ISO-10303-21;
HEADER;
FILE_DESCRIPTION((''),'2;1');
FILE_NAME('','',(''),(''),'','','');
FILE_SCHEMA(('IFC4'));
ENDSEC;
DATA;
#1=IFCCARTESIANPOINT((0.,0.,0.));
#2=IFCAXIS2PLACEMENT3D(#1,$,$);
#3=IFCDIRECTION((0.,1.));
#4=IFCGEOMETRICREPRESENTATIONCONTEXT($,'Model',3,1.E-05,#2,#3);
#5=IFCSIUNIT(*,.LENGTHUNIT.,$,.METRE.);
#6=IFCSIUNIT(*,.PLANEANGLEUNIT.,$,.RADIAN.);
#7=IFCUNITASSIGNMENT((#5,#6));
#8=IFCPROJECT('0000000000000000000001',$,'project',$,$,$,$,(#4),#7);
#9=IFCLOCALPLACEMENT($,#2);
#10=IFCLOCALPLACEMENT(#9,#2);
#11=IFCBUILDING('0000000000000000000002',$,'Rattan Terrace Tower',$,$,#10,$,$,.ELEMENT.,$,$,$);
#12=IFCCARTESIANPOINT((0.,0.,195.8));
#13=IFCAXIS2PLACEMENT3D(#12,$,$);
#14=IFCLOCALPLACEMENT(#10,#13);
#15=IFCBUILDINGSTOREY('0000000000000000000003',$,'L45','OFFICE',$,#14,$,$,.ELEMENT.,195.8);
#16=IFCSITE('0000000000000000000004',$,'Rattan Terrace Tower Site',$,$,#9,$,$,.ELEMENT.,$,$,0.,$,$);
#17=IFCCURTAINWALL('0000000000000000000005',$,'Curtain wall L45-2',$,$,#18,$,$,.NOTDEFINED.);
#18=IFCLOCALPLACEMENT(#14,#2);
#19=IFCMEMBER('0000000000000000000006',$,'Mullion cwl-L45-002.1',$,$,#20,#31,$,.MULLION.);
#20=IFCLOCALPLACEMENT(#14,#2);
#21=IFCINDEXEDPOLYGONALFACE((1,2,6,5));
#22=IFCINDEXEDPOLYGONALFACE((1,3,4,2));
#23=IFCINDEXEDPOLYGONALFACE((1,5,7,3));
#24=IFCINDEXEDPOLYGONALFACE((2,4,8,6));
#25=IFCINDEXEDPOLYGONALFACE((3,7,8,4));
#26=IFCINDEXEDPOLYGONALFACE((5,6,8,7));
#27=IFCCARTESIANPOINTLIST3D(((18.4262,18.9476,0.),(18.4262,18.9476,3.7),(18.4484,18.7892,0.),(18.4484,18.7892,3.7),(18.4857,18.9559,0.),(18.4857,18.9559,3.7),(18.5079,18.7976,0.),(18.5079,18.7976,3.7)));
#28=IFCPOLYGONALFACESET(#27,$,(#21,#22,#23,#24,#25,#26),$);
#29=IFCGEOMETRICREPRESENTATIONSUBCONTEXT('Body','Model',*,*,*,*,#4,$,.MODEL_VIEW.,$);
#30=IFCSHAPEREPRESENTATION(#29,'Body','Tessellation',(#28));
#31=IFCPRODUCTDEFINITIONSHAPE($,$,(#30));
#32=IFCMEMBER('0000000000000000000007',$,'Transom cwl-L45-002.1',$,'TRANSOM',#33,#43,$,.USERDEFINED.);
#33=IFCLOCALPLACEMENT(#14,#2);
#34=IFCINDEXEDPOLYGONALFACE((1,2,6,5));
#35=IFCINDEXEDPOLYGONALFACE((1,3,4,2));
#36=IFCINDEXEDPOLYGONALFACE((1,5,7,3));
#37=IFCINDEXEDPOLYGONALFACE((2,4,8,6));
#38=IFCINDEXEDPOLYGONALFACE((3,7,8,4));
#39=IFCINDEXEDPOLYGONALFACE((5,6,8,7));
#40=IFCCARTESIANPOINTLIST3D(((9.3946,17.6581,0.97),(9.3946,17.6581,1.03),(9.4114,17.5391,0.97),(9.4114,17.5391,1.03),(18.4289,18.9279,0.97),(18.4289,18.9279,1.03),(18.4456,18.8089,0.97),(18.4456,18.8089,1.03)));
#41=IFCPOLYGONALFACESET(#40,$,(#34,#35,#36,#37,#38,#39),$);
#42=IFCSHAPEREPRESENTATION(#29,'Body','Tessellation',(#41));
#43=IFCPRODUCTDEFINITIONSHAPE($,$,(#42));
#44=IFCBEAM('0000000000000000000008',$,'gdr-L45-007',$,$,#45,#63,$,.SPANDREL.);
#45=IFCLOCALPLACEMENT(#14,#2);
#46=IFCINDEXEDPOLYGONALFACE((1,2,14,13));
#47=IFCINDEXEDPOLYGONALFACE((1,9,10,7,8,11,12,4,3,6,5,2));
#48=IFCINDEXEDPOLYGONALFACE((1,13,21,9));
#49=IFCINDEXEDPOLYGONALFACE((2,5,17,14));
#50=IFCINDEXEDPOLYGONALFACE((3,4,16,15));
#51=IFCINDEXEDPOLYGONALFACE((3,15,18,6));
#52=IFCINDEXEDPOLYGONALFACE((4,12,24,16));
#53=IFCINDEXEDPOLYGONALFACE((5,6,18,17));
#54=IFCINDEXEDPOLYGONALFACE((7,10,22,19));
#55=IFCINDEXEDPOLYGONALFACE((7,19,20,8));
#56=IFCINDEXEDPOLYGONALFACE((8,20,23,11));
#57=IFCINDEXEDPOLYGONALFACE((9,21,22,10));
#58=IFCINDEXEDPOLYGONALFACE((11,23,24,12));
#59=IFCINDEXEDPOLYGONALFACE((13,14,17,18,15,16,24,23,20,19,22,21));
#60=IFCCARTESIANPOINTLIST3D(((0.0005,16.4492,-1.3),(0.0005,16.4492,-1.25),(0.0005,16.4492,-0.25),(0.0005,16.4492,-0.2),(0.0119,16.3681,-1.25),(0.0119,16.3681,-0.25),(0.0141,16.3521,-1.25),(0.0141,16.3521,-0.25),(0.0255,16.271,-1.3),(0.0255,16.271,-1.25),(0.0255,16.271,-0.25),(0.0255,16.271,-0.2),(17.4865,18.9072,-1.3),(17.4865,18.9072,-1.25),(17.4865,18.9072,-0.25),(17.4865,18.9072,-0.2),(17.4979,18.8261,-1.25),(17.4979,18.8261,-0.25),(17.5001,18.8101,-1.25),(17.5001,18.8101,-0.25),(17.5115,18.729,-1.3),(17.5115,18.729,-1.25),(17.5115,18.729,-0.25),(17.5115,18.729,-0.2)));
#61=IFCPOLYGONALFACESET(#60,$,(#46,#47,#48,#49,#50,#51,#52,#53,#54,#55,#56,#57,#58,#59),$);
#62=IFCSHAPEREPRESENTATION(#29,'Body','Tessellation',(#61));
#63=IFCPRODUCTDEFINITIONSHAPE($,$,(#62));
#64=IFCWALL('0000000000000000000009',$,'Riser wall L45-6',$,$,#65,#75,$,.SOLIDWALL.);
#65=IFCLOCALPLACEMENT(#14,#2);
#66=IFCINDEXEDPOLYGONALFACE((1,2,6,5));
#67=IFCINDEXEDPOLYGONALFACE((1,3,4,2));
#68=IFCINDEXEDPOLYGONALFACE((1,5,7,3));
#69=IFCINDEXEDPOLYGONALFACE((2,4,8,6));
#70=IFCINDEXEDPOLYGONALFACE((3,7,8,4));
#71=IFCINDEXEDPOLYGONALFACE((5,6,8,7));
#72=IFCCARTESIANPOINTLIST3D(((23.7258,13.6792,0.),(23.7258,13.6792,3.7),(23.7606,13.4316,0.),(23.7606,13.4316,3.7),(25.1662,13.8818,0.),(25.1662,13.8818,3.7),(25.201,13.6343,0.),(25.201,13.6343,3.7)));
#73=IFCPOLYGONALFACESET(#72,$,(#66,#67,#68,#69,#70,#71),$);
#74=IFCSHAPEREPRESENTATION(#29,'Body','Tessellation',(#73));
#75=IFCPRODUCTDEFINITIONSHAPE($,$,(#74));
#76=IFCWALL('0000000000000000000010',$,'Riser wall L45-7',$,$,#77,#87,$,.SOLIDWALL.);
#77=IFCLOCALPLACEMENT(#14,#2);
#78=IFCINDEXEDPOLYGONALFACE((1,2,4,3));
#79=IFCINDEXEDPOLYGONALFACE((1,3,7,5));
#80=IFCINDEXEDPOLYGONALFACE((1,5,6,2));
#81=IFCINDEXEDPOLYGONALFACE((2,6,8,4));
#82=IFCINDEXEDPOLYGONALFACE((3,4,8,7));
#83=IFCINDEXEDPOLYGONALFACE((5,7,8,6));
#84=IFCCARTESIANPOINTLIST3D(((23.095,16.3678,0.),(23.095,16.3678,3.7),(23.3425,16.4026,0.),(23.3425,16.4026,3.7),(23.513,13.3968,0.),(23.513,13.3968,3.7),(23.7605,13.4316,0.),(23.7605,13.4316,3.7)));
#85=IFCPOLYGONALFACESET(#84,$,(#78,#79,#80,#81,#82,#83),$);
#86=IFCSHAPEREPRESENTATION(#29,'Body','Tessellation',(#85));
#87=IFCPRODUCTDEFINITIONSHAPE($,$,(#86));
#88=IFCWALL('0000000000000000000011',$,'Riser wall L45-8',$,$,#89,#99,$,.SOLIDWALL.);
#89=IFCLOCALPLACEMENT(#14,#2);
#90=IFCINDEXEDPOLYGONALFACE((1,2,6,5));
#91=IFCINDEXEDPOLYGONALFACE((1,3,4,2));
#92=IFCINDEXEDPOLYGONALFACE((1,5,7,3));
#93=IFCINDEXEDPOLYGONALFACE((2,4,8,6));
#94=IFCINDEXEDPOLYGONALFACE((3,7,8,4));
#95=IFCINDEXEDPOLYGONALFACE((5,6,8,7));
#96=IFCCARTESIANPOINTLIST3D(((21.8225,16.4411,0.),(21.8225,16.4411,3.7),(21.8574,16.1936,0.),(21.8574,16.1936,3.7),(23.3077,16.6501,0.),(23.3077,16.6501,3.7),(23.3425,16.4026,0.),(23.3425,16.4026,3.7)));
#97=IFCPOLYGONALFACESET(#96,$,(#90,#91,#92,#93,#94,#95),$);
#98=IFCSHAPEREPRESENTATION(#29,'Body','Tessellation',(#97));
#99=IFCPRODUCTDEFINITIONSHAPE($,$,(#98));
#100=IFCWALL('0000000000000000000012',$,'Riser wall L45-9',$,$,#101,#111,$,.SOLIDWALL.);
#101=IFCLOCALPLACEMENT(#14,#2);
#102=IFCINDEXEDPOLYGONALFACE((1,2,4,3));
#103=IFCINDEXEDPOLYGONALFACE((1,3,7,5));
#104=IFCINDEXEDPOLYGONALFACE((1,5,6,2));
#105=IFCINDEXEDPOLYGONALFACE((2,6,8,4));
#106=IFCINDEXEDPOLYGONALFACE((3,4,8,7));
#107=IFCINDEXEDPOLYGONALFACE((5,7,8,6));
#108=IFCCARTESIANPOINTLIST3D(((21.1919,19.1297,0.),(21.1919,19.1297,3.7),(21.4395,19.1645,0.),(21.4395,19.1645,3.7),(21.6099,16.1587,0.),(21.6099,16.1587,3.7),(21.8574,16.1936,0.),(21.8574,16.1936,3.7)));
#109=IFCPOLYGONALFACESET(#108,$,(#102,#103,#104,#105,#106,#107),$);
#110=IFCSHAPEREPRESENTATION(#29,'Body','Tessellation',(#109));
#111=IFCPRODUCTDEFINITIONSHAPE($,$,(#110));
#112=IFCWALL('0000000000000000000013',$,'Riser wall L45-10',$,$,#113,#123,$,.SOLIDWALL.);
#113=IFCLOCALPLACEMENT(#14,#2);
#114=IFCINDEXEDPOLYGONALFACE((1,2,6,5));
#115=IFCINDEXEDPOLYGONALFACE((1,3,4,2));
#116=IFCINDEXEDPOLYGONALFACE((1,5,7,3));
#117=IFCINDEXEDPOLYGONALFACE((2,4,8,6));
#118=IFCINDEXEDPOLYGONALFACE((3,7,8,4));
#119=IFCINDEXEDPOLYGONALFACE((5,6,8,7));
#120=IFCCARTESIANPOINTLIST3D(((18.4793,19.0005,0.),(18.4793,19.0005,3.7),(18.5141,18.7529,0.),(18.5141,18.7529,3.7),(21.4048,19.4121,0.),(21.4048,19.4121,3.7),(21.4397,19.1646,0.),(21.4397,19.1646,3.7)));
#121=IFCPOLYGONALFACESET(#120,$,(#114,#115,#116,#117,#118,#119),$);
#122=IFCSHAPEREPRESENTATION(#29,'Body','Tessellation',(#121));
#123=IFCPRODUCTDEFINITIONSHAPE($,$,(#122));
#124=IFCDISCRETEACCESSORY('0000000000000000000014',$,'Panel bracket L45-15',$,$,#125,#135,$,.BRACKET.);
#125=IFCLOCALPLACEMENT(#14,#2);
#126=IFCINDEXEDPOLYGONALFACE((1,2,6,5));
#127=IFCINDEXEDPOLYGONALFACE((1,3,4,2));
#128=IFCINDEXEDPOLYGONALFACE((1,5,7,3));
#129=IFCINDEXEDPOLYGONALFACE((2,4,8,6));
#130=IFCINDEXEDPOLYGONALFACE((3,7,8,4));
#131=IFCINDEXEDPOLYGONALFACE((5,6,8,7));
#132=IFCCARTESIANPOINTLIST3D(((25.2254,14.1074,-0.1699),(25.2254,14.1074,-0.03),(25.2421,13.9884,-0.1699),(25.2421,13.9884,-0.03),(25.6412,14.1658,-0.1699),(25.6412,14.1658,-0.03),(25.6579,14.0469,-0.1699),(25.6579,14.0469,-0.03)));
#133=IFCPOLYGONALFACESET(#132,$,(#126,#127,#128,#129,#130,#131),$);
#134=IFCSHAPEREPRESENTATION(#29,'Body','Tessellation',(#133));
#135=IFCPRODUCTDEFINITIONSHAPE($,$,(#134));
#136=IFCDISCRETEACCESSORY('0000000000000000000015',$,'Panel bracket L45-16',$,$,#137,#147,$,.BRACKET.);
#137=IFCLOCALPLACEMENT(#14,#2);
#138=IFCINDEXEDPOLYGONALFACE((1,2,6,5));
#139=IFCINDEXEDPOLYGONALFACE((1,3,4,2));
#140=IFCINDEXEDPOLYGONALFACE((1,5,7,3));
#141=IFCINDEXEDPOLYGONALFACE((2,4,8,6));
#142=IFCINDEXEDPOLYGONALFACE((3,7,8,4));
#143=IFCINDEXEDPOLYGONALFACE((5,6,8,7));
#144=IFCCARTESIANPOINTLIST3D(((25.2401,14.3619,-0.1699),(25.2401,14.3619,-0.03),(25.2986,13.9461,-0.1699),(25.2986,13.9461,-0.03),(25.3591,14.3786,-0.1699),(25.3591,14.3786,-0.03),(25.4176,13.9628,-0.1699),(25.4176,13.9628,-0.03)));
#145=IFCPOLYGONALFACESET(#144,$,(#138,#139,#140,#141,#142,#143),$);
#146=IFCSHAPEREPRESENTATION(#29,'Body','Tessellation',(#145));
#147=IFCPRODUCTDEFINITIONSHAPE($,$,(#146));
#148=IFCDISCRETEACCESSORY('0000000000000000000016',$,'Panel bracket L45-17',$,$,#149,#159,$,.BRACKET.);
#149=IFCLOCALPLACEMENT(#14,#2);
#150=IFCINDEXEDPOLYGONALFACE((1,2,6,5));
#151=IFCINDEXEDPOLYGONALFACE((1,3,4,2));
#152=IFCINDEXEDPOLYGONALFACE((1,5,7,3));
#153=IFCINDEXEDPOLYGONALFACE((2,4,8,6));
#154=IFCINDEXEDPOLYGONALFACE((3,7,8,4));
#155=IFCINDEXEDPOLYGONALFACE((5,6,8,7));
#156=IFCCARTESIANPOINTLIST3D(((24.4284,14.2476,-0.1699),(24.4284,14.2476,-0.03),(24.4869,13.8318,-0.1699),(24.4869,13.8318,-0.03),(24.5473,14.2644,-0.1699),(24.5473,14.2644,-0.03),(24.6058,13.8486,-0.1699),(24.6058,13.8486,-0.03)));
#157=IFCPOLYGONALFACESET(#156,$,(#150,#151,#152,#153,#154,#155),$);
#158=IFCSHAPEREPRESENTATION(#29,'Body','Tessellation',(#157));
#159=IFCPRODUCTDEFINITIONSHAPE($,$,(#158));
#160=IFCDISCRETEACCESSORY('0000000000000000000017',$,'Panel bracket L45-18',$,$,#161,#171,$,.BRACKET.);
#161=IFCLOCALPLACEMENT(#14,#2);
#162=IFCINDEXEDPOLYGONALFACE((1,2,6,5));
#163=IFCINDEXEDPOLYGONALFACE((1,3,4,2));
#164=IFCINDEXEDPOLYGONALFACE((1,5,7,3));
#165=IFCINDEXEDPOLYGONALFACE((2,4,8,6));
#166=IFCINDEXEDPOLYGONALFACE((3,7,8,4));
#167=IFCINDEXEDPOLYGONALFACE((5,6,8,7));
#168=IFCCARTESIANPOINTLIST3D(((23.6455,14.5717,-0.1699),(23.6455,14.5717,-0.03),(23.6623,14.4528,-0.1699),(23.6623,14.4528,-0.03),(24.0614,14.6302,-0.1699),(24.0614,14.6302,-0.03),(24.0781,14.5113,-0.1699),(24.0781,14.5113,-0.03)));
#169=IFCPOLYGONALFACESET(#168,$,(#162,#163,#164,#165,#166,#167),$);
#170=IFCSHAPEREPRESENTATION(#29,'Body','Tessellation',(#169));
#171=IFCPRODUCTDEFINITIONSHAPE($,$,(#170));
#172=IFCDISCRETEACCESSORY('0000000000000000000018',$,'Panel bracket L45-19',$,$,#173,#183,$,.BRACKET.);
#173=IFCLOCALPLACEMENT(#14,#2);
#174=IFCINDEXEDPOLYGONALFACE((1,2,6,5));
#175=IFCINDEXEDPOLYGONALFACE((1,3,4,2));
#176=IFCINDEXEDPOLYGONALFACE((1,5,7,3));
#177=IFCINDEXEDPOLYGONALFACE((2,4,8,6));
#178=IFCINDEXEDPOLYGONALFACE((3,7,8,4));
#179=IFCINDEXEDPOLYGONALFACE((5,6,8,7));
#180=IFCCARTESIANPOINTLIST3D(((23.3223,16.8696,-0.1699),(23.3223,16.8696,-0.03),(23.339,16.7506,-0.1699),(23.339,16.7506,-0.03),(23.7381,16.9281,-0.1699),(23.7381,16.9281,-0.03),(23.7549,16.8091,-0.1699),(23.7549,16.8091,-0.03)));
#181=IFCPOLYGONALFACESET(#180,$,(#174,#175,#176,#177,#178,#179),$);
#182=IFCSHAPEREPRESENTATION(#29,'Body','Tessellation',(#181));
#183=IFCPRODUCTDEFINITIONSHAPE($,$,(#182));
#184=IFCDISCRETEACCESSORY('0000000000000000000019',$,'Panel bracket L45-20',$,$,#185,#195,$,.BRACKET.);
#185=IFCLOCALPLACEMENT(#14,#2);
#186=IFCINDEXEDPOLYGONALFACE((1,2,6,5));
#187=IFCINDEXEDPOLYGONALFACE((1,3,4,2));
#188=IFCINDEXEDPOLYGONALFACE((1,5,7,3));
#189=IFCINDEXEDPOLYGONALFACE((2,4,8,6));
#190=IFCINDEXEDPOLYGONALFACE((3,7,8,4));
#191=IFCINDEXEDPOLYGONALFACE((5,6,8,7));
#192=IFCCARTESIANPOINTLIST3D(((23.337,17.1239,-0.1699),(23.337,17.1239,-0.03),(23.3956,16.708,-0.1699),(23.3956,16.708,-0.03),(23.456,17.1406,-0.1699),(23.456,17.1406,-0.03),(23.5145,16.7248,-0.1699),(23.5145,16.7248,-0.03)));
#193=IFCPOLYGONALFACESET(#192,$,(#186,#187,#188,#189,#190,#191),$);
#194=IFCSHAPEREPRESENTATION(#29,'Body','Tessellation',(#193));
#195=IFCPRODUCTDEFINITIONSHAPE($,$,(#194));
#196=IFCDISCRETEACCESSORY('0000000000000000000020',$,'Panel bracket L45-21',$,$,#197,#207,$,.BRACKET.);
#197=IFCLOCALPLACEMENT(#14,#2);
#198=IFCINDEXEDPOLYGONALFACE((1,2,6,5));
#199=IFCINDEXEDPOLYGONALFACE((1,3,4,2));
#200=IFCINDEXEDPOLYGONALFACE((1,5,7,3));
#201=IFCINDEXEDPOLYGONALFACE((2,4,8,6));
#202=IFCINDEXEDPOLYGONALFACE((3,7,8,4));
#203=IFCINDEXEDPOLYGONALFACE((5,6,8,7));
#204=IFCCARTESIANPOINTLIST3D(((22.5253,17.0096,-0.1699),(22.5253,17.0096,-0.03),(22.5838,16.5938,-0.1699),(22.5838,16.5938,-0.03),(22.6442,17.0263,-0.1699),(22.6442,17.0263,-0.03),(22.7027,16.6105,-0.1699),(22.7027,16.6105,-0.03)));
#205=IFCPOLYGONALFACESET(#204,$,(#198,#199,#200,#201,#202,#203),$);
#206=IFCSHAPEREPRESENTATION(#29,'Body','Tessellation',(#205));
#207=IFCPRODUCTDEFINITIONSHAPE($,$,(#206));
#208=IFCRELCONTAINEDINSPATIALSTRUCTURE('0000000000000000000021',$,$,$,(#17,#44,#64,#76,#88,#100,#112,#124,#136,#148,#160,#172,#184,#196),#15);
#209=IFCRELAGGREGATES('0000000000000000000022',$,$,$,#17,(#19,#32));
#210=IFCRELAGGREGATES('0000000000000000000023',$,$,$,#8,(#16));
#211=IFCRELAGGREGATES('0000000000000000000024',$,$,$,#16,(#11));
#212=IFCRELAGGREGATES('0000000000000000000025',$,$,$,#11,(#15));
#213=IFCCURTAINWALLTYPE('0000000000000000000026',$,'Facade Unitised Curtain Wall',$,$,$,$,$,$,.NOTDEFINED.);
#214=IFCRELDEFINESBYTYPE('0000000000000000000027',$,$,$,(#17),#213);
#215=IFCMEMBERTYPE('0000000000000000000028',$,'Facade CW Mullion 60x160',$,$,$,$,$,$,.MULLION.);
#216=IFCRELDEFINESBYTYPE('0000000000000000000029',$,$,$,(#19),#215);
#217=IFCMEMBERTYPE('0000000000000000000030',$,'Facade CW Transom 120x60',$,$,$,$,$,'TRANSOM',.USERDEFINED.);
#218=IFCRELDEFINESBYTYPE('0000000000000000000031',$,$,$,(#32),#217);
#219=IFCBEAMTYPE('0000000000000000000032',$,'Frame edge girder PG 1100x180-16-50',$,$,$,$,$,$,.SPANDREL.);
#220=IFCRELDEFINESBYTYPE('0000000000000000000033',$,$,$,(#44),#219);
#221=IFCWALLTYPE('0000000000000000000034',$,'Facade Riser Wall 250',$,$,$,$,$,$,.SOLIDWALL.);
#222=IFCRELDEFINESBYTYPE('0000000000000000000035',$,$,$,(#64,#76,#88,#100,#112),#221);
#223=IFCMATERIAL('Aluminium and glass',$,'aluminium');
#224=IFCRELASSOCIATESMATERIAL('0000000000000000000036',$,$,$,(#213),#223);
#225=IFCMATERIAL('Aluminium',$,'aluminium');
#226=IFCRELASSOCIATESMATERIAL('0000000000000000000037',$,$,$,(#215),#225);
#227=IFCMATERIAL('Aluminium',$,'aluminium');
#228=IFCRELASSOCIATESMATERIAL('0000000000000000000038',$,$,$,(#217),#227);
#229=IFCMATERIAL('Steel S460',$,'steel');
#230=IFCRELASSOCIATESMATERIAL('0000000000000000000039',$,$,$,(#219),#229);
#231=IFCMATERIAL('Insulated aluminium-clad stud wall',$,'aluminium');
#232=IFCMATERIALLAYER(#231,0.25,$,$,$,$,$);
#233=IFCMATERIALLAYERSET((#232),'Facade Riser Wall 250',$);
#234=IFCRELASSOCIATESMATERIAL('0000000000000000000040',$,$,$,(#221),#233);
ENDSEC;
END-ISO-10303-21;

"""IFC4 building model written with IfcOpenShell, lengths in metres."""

from ifc_helpers import new_model, si_unit, direction, frame, frame_2d, origin, origin_2d, place, context, subcontext, project, spatial, rectangle, i_section, extrude, material, layer, layer_set, material_profile, profile_set, type_object, element, aggregate, save


model = new_model("IFC4")

# Units and contexts
model_context = context("Model", 3, precision=1e-05, world=origin(), true_north=direction((0.0, 1.0)))
body_context = subcontext(model_context, "Body", "Model", "MODEL_VIEW")
ifc_project = project(units=[si_unit("LENGTHUNIT", "METRE"), si_unit("PLANEANGLEUNIT", "RADIAN")], contexts=[model_context])

# Site, building, storey
site_placement = place(None, origin())
site = spatial("IfcSite", under=ifc_project, at=site_placement, Name="Rattan Terrace Tower Site", CompositionType="ELEMENT", RefElevation=0.0)
building_placement = place(site_placement, origin())
building = spatial("IfcBuilding", under=site, at=building_placement, Name="Rattan Terrace Tower", CompositionType="ELEMENT")
storey_placement = place(building_placement, frame((0.0, 0.0, 195.8)))
storey = spatial("IfcBuildingStorey", under=building, at=storey_placement, Name="L45", Description="OFFICE", CompositionType="ELEMENT", Elevation=195.8)

# Curtain wall, members
ifc_material_1 = material(Name="Aluminium and glass", Category="aluminium")
curtain_wall_type = type_object("IfcCurtainWallType", Name="Facade Unitised Curtain Wall", PredefinedType="NOTDEFINED", material=ifc_material_1)
curtain_wall_placement = place(storey_placement, origin())
curtain_wall = element("IfcCurtainWall", 1, at=curtain_wall_placement, inside=storey, type_object=curtain_wall_type, Name="Curtain wall L45-2", PredefinedType="NOTDEFINED")
ifc_material_2 = material(Name="Aluminium", Category="aluminium")
ifc_material_profile_1 = material_profile(ifc_material_2, rectangle(XDim=0.0601, YDim=0.1599, at=origin_2d()), Name="Aluminium 60x160")
ifc_profile_set_1 = profile_set([ifc_material_profile_1], Name="Aluminium")
member_type_1 = type_object("IfcMemberType", Name="Facade CW Mullion 60x160", PredefinedType="MULLION", material=ifc_profile_set_1)
member_1_placement = place(storey_placement, frame((18.467, 18.8726, 0.0), z_axis=(0.0, 0.0, 1.0), x_axis=(-0.99027, -0.139161, 0.0)))
member_1 = element("IfcMember", 2, at=member_1_placement, type_object=member_type_1, Name="Mullion cwl-L45-002.1", PredefinedType="MULLION", context=body_context, shape_type="SweptSolid", body=[
    extrude(rectangle(XDim=0.0601, YDim=0.1599, at=origin_2d()), origin(), (0.0, 0.0, 1.0), 3.7),
])
ifc_material_3 = material(Name="Aluminium", Category="aluminium")
ifc_material_profile_2 = material_profile(ifc_material_3, rectangle(XDim=0.1201, YDim=0.0601, at=origin_2d()), Name="Aluminium 120x60")
ifc_profile_set_2 = profile_set([ifc_material_profile_2], Name="Aluminium")
member_type_2 = type_object("IfcMemberType", Name="Facade CW Transom 120x60", ElementType="TRANSOM", PredefinedType="USERDEFINED", material=ifc_profile_set_2)
member_2_placement = place(storey_placement, frame((18.4373, 18.8684, 1.0), z_axis=(-0.990266, -0.139184, 0.0), x_axis=(0.139184, -0.990266, 0.0)))
member_2 = element("IfcMember", 3, at=member_2_placement, type_object=member_type_2, Name="Transom cwl-L45-002.1", ObjectType="TRANSOM", PredefinedType="USERDEFINED", context=body_context, shape_type="SweptSolid", body=[
    extrude(rectangle(XDim=0.1201, YDim=0.0601, at=origin_2d()), origin(), (0.0, 0.0, 1.0), 9.123),
])
aggregate(curtain_wall, [member_1, member_2])

# Beam
ifc_material_4 = material(Name="Steel S460", Category="steel")
ifc_material_profile_3 = material_profile(ifc_material_4, i_section(OverallWidth=0.1799, OverallDepth=1.1001, WebThickness=0.0161, FlangeThickness=0.05, at=origin_2d()), Name="PG 1100x180-16-50")
ifc_profile_set_3 = profile_set([ifc_material_profile_3], Name="Steel S460")
beam_type = type_object("IfcBeamType", Name="Frame edge girder PG 1100x180-16-50", PredefinedType="SPANDREL", material=ifc_profile_set_3)
beam_placement = place(storey_placement, frame((17.499, 18.8181, -0.75), z_axis=(-0.990264, -0.139201, 0.0), x_axis=(0.139201, -0.990264, 0.0)))
element("IfcBeam", 4, at=beam_placement, inside=storey, type_object=beam_type, Name="gdr-L45-007", PredefinedType="SPANDREL", context=body_context, shape_type="SweptSolid", body=[
    extrude(i_section(OverallWidth=0.1799, OverallDepth=1.1001, WebThickness=0.0161, FlangeThickness=0.05, at=origin_2d()), origin(), (0.0, 0.0, 1.0), 17.658),
])

# Walls
ifc_material_5 = material(Name="Insulated aluminium-clad stud wall", Category="aluminium")
ifc_layer = layer(ifc_material_5, 0.25)
ifc_layer_set = layer_set([ifc_layer], Name="Facade Riser Wall 250")
wall_type = type_object("IfcWallType", Name="Facade Riser Wall 250", PredefinedType="SOLIDWALL", material=ifc_layer_set)
wall_1_placement = place(storey_placement, frame((25.1836, 13.7581, 0.0), z_axis=(0.0, 0.0, 1.0), x_axis=(-0.990249, -0.139306, 0.0)))
element("IfcWall", 5, at=wall_1_placement, inside=storey, type_object=wall_type, Name="Riser wall L45-6", PredefinedType="SOLIDWALL", context=body_context, shape_type="SweptSolid", body=[
    extrude(rectangle(XDim=1.4546, YDim=0.25, at=frame_2d((0.7273, 0.0))), origin(), (0.0, 0.0, 1.0), 3.7),
])
wall_2_placement = place(storey_placement, frame((23.6367, 13.4143, 0.0), z_axis=(0.0, 0.0, 1.0), x_axis=(-0.139313, 0.990248, 0.0)))
element("IfcWall", 6, at=wall_2_placement, inside=storey, type_object=wall_type, Name="Riser wall L45-7", PredefinedType="SOLIDWALL", context=body_context, shape_type="SweptSolid", body=[
    extrude(rectangle(XDim=3.0002, YDim=0.25, at=frame_2d((1.5, 0.0))), origin(), (0.0, 0.0, 1.0), 3.7),
])
wall_3_placement = place(storey_placement, frame((23.3252, 16.5264, 0.0), z_axis=(0.0, 0.0, 1.0), x_axis=(-0.990244, -0.139347, 0.0)))
element("IfcWall", 7, at=wall_3_placement, inside=storey, type_object=wall_type, Name="Riser wall L45-8", PredefinedType="SOLIDWALL", context=body_context, shape_type="SweptSolid", body=[
    extrude(rectangle(XDim=1.4998, YDim=0.25, at=frame_2d((0.75, 0.0))), origin(), (0.0, 0.0, 1.0), 3.7),
])
wall_4_placement = place(storey_placement, frame((21.7336, 16.1763, 0.0), z_axis=(0.0, 0.0, 1.0), x_axis=(-0.139313, 0.990248, 0.0)))
element("IfcWall", 8, at=wall_4_placement, inside=storey, type_object=wall_type, Name="Riser wall L45-9", PredefinedType="SOLIDWALL", context=body_context, shape_type="SweptSolid", body=[
    extrude(rectangle(XDim=3.0002, YDim=0.25, at=frame_2d((1.5, 0.0))), origin(), (0.0, 0.0, 1.0), 3.7),
])
wall_5_placement = place(storey_placement, frame((21.4221, 19.2883, 0.0), z_axis=(0.0, 0.0, 1.0), x_axis=(-0.990246, -0.139327, 0.0)))
element("IfcWall", 9, at=wall_5_placement, inside=storey, type_object=wall_type, Name="Riser wall L45-10", PredefinedType="SOLIDWALL", context=body_context, shape_type="SweptSolid", body=[
    extrude(rectangle(XDim=2.9543, YDim=0.25, at=frame_2d((1.4771, 0.0))), origin(), (0.0, 0.0, 1.0), 3.7),
])

# Discrete accessories
for number, where, z_axis, x_axis, name in (
    (10, (25.4417, 14.0771, -0.1699), (0.0, 0.0, 1.0), (-0.139191, 0.990266, 0.0), "Panel bracket L45-15"),
    (11, (25.3289, 14.1624, -0.1699), (0.0, 0.0, 1.0), (-0.990241, -0.139367, 0.0), "Panel bracket L45-16"),
    (12, (24.5171, 14.0481, -0.1699), (0.0, 0.0, 1.0), (-0.990241, -0.139367, 0.0), "Panel bracket L45-17"),
    (13, (23.8618, 14.5415, -0.1699), (0.0, 0.0, 1.0), (-0.139321, 0.990247, 0.0), "Panel bracket L45-18"),
    (14, (23.5386, 16.8394, -0.1699), (0.0, 0.0, 1.0), (-0.139321, 0.990247, 0.0), "Panel bracket L45-19"),
    (15, (23.4258, 16.9243, -0.1699), (0.0, 0.0, 1.0), (-0.990241, -0.139367, 0.0), "Panel bracket L45-20"),
    (16, (22.614, 16.8101, -0.1699), (0.0, 0.0, 1.0), (-0.990241, -0.139367, 0.0), "Panel bracket L45-21"),
):
    element("IfcDiscreteAccessory", number, at=place(storey_placement, frame(where, z_axis=z_axis, x_axis=x_axis)), inside=storey, Name=name, PredefinedType="BRACKET", context=body_context, shape_type="SweptSolid", body=[
        extrude(rectangle(XDim=0.1201, YDim=0.4199, at=origin_2d()), origin(), (0.0, 0.0, 1.0), 0.1399),
    ])

save(model, "model.ifc")
